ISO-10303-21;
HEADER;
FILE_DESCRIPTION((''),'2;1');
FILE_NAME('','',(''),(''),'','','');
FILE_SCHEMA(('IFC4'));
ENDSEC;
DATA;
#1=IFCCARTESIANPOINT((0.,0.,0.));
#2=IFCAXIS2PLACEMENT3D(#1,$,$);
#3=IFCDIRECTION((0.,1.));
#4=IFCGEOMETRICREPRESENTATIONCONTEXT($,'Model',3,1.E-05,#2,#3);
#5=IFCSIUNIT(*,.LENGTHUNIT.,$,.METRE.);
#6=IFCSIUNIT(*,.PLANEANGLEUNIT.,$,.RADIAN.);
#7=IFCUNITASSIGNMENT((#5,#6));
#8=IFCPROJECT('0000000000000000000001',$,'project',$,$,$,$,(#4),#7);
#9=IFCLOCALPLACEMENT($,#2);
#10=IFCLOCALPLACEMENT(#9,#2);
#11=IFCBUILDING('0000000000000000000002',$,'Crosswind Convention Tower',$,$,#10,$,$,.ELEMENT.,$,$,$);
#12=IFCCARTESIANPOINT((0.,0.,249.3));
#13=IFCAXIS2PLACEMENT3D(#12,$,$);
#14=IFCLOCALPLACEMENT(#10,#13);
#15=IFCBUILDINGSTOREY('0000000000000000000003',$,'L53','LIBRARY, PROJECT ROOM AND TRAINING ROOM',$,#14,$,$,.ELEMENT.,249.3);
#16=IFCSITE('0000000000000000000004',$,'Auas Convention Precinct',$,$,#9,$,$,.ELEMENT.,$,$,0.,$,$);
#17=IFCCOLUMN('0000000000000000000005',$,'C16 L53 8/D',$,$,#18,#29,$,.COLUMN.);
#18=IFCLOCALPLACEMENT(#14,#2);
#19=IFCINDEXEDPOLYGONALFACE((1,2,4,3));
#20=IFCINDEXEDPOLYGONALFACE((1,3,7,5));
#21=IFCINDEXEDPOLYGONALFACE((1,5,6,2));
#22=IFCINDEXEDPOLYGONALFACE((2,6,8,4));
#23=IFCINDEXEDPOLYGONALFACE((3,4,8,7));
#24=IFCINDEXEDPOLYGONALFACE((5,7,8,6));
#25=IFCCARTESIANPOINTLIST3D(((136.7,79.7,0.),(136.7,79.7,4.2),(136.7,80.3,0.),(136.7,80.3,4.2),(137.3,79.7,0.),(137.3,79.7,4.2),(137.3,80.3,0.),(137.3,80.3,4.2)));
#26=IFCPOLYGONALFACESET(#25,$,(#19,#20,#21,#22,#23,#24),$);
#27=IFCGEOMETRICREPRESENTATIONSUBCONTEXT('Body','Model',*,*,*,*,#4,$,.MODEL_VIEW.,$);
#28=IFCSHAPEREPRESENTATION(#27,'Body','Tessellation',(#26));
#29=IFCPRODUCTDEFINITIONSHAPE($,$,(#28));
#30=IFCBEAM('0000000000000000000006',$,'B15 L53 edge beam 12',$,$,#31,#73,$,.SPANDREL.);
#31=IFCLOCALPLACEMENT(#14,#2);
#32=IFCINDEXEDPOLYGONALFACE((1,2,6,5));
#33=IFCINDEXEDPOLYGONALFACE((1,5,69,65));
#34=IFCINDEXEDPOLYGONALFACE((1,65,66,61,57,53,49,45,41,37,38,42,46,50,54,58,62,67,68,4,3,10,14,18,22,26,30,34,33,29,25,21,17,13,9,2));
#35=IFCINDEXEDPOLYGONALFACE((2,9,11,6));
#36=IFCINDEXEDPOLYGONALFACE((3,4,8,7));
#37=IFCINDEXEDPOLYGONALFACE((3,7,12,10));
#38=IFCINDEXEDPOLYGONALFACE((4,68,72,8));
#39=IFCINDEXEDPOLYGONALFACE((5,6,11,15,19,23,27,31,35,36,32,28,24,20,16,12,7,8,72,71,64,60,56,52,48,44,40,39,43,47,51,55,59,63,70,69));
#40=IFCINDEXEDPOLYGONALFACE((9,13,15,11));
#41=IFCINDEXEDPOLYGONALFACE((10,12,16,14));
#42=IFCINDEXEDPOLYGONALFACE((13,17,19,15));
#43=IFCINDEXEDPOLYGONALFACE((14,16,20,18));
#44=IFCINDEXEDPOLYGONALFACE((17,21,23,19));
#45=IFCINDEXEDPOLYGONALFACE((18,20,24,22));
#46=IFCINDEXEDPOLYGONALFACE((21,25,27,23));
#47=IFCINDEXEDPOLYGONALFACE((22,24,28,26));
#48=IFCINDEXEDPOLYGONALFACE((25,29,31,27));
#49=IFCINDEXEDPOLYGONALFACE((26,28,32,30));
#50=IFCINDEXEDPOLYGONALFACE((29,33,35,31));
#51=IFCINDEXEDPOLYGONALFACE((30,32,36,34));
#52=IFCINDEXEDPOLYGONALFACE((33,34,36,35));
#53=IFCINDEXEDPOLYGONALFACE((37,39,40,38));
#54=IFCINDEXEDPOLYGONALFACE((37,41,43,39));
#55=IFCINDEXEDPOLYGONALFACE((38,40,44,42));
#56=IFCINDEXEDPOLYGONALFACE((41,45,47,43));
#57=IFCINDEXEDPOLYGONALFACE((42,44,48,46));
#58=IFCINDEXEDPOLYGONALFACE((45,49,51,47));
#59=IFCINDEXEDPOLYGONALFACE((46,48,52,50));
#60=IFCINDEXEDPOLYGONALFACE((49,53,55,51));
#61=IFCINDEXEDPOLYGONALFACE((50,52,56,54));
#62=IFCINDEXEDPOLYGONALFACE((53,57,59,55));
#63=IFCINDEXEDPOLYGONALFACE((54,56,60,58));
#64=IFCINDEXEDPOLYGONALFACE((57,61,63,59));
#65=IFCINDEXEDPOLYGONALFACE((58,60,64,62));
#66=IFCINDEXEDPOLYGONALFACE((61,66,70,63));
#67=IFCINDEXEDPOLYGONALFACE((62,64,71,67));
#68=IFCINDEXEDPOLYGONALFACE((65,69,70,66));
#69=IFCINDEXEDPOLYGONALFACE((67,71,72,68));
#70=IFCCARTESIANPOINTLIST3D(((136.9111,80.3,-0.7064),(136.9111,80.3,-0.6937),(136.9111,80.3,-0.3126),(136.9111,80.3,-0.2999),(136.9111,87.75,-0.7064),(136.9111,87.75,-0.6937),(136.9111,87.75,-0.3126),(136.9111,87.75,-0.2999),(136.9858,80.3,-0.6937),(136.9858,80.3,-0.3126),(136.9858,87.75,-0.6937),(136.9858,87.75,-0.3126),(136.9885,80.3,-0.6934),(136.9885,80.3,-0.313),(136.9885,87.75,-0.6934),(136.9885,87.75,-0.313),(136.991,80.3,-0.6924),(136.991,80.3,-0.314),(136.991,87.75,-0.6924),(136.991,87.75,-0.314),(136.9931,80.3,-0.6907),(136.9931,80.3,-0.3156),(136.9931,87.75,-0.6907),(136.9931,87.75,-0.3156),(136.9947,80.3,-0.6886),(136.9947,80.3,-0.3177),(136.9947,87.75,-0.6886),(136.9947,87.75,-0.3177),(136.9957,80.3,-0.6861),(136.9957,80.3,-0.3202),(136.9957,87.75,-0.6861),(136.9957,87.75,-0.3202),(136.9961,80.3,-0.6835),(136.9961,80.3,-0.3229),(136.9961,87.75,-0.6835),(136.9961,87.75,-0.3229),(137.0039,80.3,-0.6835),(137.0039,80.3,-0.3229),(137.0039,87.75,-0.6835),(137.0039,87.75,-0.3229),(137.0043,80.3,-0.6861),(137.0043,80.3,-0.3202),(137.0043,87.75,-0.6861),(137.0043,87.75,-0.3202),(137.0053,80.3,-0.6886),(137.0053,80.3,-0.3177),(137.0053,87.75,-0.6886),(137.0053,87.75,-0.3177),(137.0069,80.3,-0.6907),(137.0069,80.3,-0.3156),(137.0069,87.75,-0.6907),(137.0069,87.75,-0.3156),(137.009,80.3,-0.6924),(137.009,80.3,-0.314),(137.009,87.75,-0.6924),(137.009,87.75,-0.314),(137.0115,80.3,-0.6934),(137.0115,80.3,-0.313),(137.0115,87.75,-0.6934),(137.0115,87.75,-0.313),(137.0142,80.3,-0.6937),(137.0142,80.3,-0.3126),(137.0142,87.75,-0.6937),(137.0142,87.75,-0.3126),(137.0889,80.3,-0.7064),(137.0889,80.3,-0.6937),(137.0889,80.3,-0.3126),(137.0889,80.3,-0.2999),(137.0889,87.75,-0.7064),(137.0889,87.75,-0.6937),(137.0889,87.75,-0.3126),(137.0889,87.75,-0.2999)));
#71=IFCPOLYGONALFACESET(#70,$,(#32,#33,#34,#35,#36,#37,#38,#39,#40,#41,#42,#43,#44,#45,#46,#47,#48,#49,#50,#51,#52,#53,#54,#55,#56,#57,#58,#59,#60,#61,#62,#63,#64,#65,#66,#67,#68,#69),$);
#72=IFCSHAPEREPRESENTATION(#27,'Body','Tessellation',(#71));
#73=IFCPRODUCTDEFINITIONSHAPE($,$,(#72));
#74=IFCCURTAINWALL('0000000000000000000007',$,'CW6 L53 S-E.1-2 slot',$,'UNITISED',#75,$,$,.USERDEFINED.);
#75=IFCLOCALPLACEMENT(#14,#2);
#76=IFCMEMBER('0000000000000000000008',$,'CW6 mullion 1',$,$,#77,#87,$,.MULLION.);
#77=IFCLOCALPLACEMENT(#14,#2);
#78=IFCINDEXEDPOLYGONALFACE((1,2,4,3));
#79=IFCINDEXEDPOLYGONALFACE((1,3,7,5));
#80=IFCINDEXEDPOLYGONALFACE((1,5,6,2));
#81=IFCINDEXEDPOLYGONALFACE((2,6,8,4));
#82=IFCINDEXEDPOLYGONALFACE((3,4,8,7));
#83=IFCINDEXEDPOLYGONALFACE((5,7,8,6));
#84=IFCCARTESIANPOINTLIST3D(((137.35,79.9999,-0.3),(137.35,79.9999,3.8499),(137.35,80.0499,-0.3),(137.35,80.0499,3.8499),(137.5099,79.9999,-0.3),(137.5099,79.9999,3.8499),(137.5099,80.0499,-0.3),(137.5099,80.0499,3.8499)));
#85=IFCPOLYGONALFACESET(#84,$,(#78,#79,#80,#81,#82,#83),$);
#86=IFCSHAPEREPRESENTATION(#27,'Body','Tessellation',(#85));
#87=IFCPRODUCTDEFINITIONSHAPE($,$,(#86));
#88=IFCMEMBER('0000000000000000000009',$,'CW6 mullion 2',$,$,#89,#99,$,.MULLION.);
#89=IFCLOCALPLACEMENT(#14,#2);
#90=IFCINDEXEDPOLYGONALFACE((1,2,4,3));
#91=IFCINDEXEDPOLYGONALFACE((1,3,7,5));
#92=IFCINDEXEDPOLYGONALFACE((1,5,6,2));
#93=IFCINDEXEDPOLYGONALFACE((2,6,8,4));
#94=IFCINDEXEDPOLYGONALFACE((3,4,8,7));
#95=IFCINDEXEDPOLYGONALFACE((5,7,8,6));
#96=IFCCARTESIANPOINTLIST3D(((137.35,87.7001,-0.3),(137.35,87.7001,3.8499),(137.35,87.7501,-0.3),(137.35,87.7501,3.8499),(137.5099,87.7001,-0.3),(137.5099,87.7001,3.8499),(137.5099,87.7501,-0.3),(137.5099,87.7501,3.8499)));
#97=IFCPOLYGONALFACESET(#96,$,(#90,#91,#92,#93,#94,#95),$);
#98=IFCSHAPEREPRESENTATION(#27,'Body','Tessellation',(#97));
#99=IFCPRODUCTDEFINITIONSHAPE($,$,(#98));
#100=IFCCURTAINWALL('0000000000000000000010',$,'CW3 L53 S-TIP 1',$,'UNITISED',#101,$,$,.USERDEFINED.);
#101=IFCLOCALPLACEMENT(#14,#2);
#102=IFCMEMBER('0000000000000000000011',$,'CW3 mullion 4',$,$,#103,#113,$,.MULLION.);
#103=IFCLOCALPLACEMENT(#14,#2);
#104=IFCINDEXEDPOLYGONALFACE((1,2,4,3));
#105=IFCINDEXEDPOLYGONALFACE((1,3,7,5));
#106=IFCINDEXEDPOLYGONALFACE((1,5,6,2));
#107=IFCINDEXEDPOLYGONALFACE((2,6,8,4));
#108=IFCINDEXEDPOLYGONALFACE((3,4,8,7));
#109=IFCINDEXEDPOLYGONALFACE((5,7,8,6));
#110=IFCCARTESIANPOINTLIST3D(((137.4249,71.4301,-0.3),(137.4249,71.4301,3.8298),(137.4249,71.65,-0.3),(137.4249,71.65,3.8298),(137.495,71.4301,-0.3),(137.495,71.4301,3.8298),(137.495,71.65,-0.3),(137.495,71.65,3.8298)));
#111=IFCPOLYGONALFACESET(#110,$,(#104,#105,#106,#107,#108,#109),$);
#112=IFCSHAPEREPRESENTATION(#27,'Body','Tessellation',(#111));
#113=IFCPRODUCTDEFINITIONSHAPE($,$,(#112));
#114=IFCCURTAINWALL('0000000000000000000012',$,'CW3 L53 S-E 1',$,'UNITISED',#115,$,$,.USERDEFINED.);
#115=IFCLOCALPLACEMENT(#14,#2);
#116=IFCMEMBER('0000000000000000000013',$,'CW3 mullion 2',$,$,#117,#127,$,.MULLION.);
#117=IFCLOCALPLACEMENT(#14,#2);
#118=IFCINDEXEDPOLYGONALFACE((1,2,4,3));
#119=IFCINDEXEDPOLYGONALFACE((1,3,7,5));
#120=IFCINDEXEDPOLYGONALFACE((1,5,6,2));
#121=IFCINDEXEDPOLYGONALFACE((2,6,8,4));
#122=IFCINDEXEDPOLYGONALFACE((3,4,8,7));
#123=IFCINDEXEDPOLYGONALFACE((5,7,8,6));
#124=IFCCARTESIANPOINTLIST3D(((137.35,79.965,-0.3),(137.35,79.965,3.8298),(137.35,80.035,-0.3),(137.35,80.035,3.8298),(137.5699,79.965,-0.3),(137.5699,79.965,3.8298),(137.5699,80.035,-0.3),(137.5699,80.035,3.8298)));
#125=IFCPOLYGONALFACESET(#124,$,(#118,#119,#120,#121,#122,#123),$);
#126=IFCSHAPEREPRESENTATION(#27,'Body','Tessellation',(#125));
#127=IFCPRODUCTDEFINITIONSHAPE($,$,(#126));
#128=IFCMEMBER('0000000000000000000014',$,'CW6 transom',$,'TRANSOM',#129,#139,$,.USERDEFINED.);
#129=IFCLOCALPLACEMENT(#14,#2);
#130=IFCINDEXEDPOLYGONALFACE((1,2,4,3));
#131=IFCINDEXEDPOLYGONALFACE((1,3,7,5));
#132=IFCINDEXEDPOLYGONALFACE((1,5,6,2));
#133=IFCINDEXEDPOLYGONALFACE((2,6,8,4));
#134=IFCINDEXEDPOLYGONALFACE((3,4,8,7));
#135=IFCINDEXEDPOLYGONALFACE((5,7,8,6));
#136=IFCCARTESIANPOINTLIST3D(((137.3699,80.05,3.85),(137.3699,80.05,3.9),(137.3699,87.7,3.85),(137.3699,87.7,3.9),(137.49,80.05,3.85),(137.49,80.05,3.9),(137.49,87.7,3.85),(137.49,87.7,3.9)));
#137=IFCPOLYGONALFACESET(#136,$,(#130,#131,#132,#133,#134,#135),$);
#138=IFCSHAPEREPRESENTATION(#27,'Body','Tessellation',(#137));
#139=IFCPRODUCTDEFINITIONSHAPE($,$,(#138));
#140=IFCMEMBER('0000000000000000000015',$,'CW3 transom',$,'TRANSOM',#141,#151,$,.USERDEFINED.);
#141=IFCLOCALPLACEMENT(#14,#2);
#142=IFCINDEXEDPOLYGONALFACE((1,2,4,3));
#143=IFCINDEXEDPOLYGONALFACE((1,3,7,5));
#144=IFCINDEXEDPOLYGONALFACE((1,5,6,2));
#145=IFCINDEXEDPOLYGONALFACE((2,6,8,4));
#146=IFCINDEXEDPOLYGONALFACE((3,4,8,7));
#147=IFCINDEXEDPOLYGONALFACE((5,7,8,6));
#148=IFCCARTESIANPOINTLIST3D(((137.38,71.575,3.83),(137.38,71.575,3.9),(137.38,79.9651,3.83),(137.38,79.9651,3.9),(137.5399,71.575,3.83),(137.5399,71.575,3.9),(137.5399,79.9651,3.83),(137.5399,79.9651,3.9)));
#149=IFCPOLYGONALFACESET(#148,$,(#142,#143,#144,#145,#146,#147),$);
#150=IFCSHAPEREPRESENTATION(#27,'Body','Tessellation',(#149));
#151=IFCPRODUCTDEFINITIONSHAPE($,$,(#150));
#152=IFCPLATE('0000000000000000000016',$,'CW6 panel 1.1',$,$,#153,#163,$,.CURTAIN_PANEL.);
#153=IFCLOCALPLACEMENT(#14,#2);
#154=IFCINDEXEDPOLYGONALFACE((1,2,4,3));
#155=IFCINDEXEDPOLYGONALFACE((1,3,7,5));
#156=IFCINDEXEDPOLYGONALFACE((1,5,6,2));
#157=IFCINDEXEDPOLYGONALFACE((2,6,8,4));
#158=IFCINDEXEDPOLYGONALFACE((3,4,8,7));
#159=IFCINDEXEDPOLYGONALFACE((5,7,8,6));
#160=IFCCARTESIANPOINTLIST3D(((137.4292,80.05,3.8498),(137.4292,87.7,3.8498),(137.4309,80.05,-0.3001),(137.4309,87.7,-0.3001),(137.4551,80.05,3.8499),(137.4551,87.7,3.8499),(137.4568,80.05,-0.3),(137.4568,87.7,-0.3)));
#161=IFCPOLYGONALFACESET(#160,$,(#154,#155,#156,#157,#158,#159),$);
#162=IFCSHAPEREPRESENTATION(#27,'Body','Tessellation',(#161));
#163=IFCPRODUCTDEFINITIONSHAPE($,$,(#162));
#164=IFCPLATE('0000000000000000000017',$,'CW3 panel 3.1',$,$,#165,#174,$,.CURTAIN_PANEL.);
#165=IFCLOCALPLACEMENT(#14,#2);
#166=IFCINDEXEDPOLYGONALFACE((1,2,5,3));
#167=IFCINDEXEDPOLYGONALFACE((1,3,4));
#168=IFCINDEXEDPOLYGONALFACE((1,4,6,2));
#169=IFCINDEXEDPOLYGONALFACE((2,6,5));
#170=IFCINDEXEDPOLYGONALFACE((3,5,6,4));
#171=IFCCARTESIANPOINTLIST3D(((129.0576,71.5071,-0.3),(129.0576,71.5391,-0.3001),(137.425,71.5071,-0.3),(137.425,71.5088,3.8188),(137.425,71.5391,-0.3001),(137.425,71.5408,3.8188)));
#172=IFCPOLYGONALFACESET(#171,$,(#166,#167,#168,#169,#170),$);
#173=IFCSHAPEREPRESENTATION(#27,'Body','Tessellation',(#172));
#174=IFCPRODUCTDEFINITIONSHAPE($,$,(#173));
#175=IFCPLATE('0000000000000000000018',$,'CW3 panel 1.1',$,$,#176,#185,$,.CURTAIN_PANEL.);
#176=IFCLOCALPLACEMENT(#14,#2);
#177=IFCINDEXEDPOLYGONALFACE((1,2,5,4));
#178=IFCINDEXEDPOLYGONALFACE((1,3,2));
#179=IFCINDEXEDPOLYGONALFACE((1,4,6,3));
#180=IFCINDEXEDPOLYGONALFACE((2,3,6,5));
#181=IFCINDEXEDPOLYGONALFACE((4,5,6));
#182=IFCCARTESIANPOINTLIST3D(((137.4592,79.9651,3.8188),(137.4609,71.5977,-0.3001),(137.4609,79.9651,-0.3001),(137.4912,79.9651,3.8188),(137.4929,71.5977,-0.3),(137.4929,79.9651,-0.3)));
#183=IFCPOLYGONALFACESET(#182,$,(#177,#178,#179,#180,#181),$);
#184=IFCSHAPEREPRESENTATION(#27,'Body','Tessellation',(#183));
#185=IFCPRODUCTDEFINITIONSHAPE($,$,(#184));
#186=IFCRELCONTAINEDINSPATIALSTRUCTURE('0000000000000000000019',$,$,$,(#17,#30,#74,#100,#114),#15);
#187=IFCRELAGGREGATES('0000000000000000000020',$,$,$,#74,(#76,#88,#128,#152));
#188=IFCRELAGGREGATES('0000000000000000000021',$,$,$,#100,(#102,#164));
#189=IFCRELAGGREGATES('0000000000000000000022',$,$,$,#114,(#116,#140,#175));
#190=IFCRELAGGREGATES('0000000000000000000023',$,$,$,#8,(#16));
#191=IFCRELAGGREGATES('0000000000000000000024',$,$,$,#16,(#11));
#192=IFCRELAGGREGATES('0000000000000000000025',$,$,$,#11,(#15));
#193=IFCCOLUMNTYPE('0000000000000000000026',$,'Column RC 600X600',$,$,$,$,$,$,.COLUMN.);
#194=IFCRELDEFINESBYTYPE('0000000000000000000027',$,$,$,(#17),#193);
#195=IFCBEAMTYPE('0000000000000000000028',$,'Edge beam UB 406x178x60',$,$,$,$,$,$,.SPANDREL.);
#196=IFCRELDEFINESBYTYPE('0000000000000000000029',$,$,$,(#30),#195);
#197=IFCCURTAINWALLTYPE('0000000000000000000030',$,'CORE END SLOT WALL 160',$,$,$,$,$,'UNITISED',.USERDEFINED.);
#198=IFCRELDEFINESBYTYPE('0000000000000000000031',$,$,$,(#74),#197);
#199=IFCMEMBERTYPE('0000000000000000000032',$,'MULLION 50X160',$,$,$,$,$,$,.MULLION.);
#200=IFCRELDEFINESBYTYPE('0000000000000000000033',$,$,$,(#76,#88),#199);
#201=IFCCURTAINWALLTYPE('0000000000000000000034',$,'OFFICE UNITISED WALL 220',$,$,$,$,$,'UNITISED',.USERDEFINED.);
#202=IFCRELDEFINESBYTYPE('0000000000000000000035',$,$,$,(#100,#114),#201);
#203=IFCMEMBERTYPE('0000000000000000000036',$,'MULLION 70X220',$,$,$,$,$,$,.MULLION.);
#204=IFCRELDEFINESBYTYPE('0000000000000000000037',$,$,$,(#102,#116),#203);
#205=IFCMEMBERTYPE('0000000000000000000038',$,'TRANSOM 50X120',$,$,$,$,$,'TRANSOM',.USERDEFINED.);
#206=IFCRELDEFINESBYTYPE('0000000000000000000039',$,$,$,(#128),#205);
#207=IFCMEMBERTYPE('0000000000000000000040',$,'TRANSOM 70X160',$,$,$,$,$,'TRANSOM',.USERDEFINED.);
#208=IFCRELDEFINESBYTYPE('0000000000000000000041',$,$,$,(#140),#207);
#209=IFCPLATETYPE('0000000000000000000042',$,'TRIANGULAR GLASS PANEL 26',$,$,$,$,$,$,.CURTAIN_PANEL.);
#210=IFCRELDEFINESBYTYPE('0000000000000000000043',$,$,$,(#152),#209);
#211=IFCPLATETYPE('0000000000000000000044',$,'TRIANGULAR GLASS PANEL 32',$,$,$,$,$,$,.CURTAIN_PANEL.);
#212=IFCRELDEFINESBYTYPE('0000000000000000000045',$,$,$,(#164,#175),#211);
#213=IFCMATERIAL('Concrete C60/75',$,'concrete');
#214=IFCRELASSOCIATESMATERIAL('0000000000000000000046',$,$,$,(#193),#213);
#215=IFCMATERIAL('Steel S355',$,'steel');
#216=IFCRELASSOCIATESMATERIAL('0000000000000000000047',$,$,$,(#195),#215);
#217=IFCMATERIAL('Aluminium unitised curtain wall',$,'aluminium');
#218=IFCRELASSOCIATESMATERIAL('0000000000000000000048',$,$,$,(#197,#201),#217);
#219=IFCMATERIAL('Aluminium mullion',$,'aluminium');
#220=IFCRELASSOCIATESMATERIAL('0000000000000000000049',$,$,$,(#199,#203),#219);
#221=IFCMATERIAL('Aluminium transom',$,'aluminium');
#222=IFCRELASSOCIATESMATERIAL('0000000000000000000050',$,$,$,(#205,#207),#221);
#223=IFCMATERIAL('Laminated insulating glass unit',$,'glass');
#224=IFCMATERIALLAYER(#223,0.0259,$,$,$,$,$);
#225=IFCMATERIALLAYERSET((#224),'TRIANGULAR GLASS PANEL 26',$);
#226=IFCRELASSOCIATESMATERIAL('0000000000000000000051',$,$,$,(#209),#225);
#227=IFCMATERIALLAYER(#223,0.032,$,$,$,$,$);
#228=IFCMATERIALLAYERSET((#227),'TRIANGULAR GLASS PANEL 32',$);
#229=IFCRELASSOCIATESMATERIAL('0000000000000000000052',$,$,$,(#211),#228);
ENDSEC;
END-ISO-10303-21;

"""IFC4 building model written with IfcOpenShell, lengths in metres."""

from ifc_helpers import new_model, si_unit, direction, frame, origin, origin_2d, place, context, subcontext, project, spatial, polyline, rectangle, i_section, outline, extrude, material, layer, layer_set, material_profile, profile_set, type_object, element, aggregate, save


model = new_model("IFC4")

# Units and contexts
model_context = context("Model", 3, precision=1e-05, world=origin(), true_north=direction((0.0, 1.0)))
body_context = subcontext(model_context, "Body", "Model", "MODEL_VIEW")
ifc_project = project(units=[si_unit("LENGTHUNIT", "METRE"), si_unit("PLANEANGLEUNIT", "RADIAN")], contexts=[model_context])

# Site, building, storey
site_placement = place(None, origin())
site = spatial("IfcSite", under=ifc_project, at=site_placement, Name="Auas Convention Precinct", CompositionType="ELEMENT", RefElevation=0.0)
building_placement = place(site_placement, origin())
building = spatial("IfcBuilding", under=site, at=building_placement, Name="Crosswind Convention Tower", CompositionType="ELEMENT")
storey_placement = place(building_placement, frame((0.0, 0.0, 249.3)))
storey = spatial("IfcBuildingStorey", under=building, at=storey_placement, Name="L53", Description="LIBRARY, PROJECT ROOM AND TRAINING ROOM", CompositionType="ELEMENT", Elevation=249.3)

# Column
ifc_material_1 = material(Name="Concrete C60/75", Category="concrete")
ifc_material_profile_1 = material_profile(ifc_material_1, rectangle(XDim=0.6001, YDim=0.6001, at=origin_2d()), Name="RC 600X600")
ifc_profile_set_1 = profile_set([ifc_material_profile_1], Name="Concrete C60/75")
column_type = type_object("IfcColumnType", Name="Column RC 600X600", PredefinedType="COLUMN", material=ifc_profile_set_1)
column_placement = place(storey_placement, frame((137.0, 80.0, 0.0), z_axis=(0.0, 0.0, 1.0), x_axis=(1.0, 0.0, 0.0)))
element("IfcColumn", 1, at=column_placement, inside=storey, type_object=column_type, Name="C16 L53 8/D", PredefinedType="COLUMN", context=body_context, shape_type="SweptSolid", body=[
    extrude(rectangle(XDim=0.6001, YDim=0.6001, at=origin_2d()), origin(), (0.0, 0.0, 1.0), 4.2),
])

# Beam
ifc_material_2 = material(Name="Steel S355", Category="steel")
ifc_material_profile_2 = material_profile(ifc_material_2, i_section(OverallWidth=0.1777, OverallDepth=0.4065, WebThickness=0.0078, FlangeThickness=0.0127, FilletRadius=0.0103, at=origin_2d()), Name="UB 406x178x60")
ifc_profile_set_2 = profile_set([ifc_material_profile_2], Name="Steel S355")
beam_type = type_object("IfcBeamType", Name="Edge beam UB 406x178x60", PredefinedType="SPANDREL", material=ifc_profile_set_2)
beam_placement = place(storey_placement, frame((137.0, 80.3, -0.5032), z_axis=(0.0, 1.0, 0.0), x_axis=(-1.0, 0.0, 0.0)))
element("IfcBeam", 2, at=beam_placement, inside=storey, type_object=beam_type, Name="B15 L53 edge beam 12", PredefinedType="SPANDREL", context=body_context, shape_type="SweptSolid", body=[
    extrude(i_section(OverallWidth=0.1777, OverallDepth=0.4065, WebThickness=0.0078, FlangeThickness=0.0127, FilletRadius=0.0103, at=origin_2d()), origin(), (0.0, 0.0, 1.0), 7.45),
])

# Curtain wall, members
ifc_material_3 = material(Name="Aluminium unitised curtain wall", Category="aluminium")
curtain_wall_type_1 = type_object("IfcCurtainWallType", Name="CORE END SLOT WALL 160", ElementType="UNITISED", PredefinedType="USERDEFINED", material=ifc_material_3)
curtain_wall_1_placement = place(storey_placement, origin())
curtain_wall_1 = element("IfcCurtainWall", 3, at=curtain_wall_1_placement, inside=storey, type_object=curtain_wall_type_1, Name="CW6 L53 S-E.1-2 slot", ObjectType="UNITISED", PredefinedType="USERDEFINED")
ifc_material_4 = material(Name="Aluminium mullion", Category="aluminium")
ifc_material_profile_3 = material_profile(ifc_material_4, rectangle(XDim=0.1599, YDim=0.05, at=origin_2d()), Name="AL 160X50")
ifc_profile_set_3 = profile_set([ifc_material_profile_3], Name="Aluminium mullion")
member_type_1 = type_object("IfcMemberType", Name="MULLION 50X160", PredefinedType="MULLION", material=ifc_profile_set_3)
member_1_placement = place(storey_placement, frame((137.4299, 80.0249, -0.3), z_axis=(0.0, 0.0, 1.0), x_axis=(1.0, 0.0, 0.0)))
member_1 = element("IfcMember", 4, at=member_1_placement, type_object=member_type_1, Name="CW6 mullion 1", PredefinedType="MULLION", context=body_context, shape_type="SweptSolid", body=[
    extrude(rectangle(XDim=0.1599, YDim=0.05, at=origin_2d()), origin(), (0.0, 0.0, 1.0), 4.1499),
])
member_2_placement = place(storey_placement, frame((137.4299, 87.7251, -0.3), z_axis=(0.0, 0.0, 1.0), x_axis=(1.0, 0.0, 0.0)))
member_2 = element("IfcMember", 5, at=member_2_placement, type_object=member_type_1, Name="CW6 mullion 2", PredefinedType="MULLION", context=body_context, shape_type="SweptSolid", body=[
    extrude(rectangle(XDim=0.1599, YDim=0.05, at=origin_2d()), origin(), (0.0, 0.0, 1.0), 4.1499),
])

# Curtain walls, members
curtain_wall_type_2 = type_object("IfcCurtainWallType", Name="OFFICE UNITISED WALL 220", ElementType="UNITISED", PredefinedType="USERDEFINED", material=ifc_material_3)
curtain_wall_2_placement = place(storey_placement, origin())
curtain_wall_2 = element("IfcCurtainWall", 6, at=curtain_wall_2_placement, inside=storey, type_object=curtain_wall_type_2, Name="CW3 L53 S-TIP 1", ObjectType="UNITISED", PredefinedType="USERDEFINED")
ifc_material_profile_4 = material_profile(ifc_material_4, rectangle(XDim=0.22, YDim=0.0701, at=origin_2d()), Name="AL 220X70")
ifc_profile_set_4 = profile_set([ifc_material_profile_4], Name="Aluminium mullion")
member_type_2 = type_object("IfcMemberType", Name="MULLION 70X220", PredefinedType="MULLION", material=ifc_profile_set_4)
member_3_placement = place(storey_placement, frame((137.46, 71.54, -0.3), z_axis=(0.0, 0.0, 1.0), x_axis=(0.0, -1.0, 0.0)))
member_3 = element("IfcMember", 7, at=member_3_placement, type_object=member_type_2, Name="CW3 mullion 4", PredefinedType="MULLION", context=body_context, shape_type="SweptSolid", body=[
    extrude(rectangle(XDim=0.22, YDim=0.0701, at=origin_2d()), origin(), (0.0, 0.0, 1.0), 4.1299),
])
curtain_wall_3_placement = place(storey_placement, origin())
curtain_wall_3 = element("IfcCurtainWall", 8, at=curtain_wall_3_placement, inside=storey, type_object=curtain_wall_type_2, Name="CW3 L53 S-E 1", ObjectType="UNITISED", PredefinedType="USERDEFINED")
member_4_placement = place(storey_placement, frame((137.46, 80.0, -0.3), z_axis=(0.0, 0.0, 1.0), x_axis=(1.0, 0.0, 0.0)))
member_4 = element("IfcMember", 9, at=member_4_placement, type_object=member_type_2, Name="CW3 mullion 2", PredefinedType="MULLION", context=body_context, shape_type="SweptSolid", body=[
    extrude(rectangle(XDim=0.22, YDim=0.0701, at=origin_2d()), origin(), (0.0, 0.0, 1.0), 4.1299),
])

# Members
ifc_material_5 = material(Name="Aluminium transom", Category="aluminium")
ifc_material_profile_5 = material_profile(ifc_material_5, rectangle(XDim=0.1201, YDim=0.05, at=origin_2d()), Name="AL 120X50")
ifc_profile_set_5 = profile_set([ifc_material_profile_5], Name="Aluminium transom")
member_type_3 = type_object("IfcMemberType", Name="TRANSOM 50X120", ElementType="TRANSOM", PredefinedType="USERDEFINED", material=ifc_profile_set_5)
member_5_placement = place(storey_placement, frame((137.4299, 80.05, 3.875), z_axis=(0.0, 1.0, 0.0), x_axis=(-1.0, 0.0, 0.0)))
member_5 = element("IfcMember", 10, at=member_5_placement, type_object=member_type_3, Name="CW6 transom", ObjectType="TRANSOM", PredefinedType="USERDEFINED", context=body_context, shape_type="SweptSolid", body=[
    extrude(rectangle(XDim=0.1201, YDim=0.05, at=origin_2d()), origin(), (0.0, 0.0, 1.0), 7.6499),
])
ifc_material_profile_6 = material_profile(ifc_material_5, rectangle(XDim=0.1599, YDim=0.0701, at=origin_2d()), Name="AL 160X70")
ifc_profile_set_6 = profile_set([ifc_material_profile_6], Name="Aluminium transom")
member_type_4 = type_object("IfcMemberType", Name="TRANSOM 70X160", ElementType="TRANSOM", PredefinedType="USERDEFINED", material=ifc_profile_set_6)
member_6_placement = place(storey_placement, frame((137.46, 71.575, 3.865), z_axis=(0.0, 1.0, 0.0), x_axis=(-1.0, 0.0, 0.0)))
member_6 = element("IfcMember", 11, at=member_6_placement, type_object=member_type_4, Name="CW3 transom", ObjectType="TRANSOM", PredefinedType="USERDEFINED", context=body_context, shape_type="SweptSolid", body=[
    extrude(rectangle(XDim=0.1599, YDim=0.0701, at=origin_2d()), origin(), (0.0, 0.0, 1.0), 8.3901),
])

# Plates
ifc_material_6 = material(Name="Laminated insulating glass unit", Category="glass")
ifc_layer_1 = layer(ifc_material_6, 0.0259)
ifc_layer_set_1 = layer_set([ifc_layer_1], Name="TRIANGULAR GLASS PANEL 26")
plate_type_1 = type_object("IfcPlateType", Name="TRIANGULAR GLASS PANEL 26", PredefinedType="CURTAIN_PANEL", material=ifc_layer_set_1)
plate_1_placement = place(storey_placement, frame((137.4568, 80.05, -0.3), z_axis=(1.0, 0.0, 0.000412), x_axis=(0.0, 1.0, 0.0)))
plate_1 = element("IfcPlate", 12, at=plate_1_placement, type_object=plate_type_1, Name="CW6 panel 1.1", PredefinedType="CURTAIN_PANEL", context=body_context, shape_type="SweptSolid", body=[
    extrude(outline(polyline([(0.0, 0.0), (7.6499, 0.0), (7.6499, 4.1499), (0.0, 4.1499), (0.0, 0.0)])), origin(), (0.0, 0.0, -1.0), 0.0259),
])
aggregate(curtain_wall_1, [member_1, member_2, member_5, plate_1])
ifc_layer_2 = layer(ifc_material_6, 0.032)
ifc_layer_set_2 = layer_set([ifc_layer_2], Name="TRIANGULAR GLASS PANEL 32")
plate_type_2 = type_object("IfcPlateType", Name="TRIANGULAR GLASS PANEL 32", PredefinedType="CURTAIN_PANEL", material=ifc_layer_set_2)
plate_2_placement = place(storey_placement, frame((137.425, 71.5071, -0.3), z_axis=(0.0, -1.0, 0.000415), x_axis=(0.0, 0.000415, 1.0)))
plate_2 = element("IfcPlate", 13, at=plate_2_placement, type_object=plate_type_2, Name="CW3 panel 3.1", PredefinedType="CURTAIN_PANEL", context=body_context, shape_type="SweptSolid", body=[
    extrude(outline(polyline([(0.0, 0.0), (4.1189, 0.0), (0.0, 8.3674), (0.0, 0.0)])), origin(), (0.0, 0.0, -1.0), 0.032),
])
aggregate(curtain_wall_2, [member_3, plate_2])
plate_3_placement = place(storey_placement, frame((137.4929, 79.9651, -0.3), z_axis=(1.0, 0.0, 0.000415), x_axis=(-0.000415, 0.0, 1.0)))
plate_3 = element("IfcPlate", 14, at=plate_3_placement, type_object=plate_type_2, Name="CW3 panel 1.1", PredefinedType="CURTAIN_PANEL", context=body_context, shape_type="SweptSolid", body=[
    extrude(outline(polyline([(0.0, 0.0), (4.1189, 0.0), (0.0, 8.3674), (0.0, 0.0)])), origin(), (0.0, 0.0, -1.0), 0.032),
])

aggregate(curtain_wall_3, [member_4, member_6, plate_3])

save(model, "model.ifc")
